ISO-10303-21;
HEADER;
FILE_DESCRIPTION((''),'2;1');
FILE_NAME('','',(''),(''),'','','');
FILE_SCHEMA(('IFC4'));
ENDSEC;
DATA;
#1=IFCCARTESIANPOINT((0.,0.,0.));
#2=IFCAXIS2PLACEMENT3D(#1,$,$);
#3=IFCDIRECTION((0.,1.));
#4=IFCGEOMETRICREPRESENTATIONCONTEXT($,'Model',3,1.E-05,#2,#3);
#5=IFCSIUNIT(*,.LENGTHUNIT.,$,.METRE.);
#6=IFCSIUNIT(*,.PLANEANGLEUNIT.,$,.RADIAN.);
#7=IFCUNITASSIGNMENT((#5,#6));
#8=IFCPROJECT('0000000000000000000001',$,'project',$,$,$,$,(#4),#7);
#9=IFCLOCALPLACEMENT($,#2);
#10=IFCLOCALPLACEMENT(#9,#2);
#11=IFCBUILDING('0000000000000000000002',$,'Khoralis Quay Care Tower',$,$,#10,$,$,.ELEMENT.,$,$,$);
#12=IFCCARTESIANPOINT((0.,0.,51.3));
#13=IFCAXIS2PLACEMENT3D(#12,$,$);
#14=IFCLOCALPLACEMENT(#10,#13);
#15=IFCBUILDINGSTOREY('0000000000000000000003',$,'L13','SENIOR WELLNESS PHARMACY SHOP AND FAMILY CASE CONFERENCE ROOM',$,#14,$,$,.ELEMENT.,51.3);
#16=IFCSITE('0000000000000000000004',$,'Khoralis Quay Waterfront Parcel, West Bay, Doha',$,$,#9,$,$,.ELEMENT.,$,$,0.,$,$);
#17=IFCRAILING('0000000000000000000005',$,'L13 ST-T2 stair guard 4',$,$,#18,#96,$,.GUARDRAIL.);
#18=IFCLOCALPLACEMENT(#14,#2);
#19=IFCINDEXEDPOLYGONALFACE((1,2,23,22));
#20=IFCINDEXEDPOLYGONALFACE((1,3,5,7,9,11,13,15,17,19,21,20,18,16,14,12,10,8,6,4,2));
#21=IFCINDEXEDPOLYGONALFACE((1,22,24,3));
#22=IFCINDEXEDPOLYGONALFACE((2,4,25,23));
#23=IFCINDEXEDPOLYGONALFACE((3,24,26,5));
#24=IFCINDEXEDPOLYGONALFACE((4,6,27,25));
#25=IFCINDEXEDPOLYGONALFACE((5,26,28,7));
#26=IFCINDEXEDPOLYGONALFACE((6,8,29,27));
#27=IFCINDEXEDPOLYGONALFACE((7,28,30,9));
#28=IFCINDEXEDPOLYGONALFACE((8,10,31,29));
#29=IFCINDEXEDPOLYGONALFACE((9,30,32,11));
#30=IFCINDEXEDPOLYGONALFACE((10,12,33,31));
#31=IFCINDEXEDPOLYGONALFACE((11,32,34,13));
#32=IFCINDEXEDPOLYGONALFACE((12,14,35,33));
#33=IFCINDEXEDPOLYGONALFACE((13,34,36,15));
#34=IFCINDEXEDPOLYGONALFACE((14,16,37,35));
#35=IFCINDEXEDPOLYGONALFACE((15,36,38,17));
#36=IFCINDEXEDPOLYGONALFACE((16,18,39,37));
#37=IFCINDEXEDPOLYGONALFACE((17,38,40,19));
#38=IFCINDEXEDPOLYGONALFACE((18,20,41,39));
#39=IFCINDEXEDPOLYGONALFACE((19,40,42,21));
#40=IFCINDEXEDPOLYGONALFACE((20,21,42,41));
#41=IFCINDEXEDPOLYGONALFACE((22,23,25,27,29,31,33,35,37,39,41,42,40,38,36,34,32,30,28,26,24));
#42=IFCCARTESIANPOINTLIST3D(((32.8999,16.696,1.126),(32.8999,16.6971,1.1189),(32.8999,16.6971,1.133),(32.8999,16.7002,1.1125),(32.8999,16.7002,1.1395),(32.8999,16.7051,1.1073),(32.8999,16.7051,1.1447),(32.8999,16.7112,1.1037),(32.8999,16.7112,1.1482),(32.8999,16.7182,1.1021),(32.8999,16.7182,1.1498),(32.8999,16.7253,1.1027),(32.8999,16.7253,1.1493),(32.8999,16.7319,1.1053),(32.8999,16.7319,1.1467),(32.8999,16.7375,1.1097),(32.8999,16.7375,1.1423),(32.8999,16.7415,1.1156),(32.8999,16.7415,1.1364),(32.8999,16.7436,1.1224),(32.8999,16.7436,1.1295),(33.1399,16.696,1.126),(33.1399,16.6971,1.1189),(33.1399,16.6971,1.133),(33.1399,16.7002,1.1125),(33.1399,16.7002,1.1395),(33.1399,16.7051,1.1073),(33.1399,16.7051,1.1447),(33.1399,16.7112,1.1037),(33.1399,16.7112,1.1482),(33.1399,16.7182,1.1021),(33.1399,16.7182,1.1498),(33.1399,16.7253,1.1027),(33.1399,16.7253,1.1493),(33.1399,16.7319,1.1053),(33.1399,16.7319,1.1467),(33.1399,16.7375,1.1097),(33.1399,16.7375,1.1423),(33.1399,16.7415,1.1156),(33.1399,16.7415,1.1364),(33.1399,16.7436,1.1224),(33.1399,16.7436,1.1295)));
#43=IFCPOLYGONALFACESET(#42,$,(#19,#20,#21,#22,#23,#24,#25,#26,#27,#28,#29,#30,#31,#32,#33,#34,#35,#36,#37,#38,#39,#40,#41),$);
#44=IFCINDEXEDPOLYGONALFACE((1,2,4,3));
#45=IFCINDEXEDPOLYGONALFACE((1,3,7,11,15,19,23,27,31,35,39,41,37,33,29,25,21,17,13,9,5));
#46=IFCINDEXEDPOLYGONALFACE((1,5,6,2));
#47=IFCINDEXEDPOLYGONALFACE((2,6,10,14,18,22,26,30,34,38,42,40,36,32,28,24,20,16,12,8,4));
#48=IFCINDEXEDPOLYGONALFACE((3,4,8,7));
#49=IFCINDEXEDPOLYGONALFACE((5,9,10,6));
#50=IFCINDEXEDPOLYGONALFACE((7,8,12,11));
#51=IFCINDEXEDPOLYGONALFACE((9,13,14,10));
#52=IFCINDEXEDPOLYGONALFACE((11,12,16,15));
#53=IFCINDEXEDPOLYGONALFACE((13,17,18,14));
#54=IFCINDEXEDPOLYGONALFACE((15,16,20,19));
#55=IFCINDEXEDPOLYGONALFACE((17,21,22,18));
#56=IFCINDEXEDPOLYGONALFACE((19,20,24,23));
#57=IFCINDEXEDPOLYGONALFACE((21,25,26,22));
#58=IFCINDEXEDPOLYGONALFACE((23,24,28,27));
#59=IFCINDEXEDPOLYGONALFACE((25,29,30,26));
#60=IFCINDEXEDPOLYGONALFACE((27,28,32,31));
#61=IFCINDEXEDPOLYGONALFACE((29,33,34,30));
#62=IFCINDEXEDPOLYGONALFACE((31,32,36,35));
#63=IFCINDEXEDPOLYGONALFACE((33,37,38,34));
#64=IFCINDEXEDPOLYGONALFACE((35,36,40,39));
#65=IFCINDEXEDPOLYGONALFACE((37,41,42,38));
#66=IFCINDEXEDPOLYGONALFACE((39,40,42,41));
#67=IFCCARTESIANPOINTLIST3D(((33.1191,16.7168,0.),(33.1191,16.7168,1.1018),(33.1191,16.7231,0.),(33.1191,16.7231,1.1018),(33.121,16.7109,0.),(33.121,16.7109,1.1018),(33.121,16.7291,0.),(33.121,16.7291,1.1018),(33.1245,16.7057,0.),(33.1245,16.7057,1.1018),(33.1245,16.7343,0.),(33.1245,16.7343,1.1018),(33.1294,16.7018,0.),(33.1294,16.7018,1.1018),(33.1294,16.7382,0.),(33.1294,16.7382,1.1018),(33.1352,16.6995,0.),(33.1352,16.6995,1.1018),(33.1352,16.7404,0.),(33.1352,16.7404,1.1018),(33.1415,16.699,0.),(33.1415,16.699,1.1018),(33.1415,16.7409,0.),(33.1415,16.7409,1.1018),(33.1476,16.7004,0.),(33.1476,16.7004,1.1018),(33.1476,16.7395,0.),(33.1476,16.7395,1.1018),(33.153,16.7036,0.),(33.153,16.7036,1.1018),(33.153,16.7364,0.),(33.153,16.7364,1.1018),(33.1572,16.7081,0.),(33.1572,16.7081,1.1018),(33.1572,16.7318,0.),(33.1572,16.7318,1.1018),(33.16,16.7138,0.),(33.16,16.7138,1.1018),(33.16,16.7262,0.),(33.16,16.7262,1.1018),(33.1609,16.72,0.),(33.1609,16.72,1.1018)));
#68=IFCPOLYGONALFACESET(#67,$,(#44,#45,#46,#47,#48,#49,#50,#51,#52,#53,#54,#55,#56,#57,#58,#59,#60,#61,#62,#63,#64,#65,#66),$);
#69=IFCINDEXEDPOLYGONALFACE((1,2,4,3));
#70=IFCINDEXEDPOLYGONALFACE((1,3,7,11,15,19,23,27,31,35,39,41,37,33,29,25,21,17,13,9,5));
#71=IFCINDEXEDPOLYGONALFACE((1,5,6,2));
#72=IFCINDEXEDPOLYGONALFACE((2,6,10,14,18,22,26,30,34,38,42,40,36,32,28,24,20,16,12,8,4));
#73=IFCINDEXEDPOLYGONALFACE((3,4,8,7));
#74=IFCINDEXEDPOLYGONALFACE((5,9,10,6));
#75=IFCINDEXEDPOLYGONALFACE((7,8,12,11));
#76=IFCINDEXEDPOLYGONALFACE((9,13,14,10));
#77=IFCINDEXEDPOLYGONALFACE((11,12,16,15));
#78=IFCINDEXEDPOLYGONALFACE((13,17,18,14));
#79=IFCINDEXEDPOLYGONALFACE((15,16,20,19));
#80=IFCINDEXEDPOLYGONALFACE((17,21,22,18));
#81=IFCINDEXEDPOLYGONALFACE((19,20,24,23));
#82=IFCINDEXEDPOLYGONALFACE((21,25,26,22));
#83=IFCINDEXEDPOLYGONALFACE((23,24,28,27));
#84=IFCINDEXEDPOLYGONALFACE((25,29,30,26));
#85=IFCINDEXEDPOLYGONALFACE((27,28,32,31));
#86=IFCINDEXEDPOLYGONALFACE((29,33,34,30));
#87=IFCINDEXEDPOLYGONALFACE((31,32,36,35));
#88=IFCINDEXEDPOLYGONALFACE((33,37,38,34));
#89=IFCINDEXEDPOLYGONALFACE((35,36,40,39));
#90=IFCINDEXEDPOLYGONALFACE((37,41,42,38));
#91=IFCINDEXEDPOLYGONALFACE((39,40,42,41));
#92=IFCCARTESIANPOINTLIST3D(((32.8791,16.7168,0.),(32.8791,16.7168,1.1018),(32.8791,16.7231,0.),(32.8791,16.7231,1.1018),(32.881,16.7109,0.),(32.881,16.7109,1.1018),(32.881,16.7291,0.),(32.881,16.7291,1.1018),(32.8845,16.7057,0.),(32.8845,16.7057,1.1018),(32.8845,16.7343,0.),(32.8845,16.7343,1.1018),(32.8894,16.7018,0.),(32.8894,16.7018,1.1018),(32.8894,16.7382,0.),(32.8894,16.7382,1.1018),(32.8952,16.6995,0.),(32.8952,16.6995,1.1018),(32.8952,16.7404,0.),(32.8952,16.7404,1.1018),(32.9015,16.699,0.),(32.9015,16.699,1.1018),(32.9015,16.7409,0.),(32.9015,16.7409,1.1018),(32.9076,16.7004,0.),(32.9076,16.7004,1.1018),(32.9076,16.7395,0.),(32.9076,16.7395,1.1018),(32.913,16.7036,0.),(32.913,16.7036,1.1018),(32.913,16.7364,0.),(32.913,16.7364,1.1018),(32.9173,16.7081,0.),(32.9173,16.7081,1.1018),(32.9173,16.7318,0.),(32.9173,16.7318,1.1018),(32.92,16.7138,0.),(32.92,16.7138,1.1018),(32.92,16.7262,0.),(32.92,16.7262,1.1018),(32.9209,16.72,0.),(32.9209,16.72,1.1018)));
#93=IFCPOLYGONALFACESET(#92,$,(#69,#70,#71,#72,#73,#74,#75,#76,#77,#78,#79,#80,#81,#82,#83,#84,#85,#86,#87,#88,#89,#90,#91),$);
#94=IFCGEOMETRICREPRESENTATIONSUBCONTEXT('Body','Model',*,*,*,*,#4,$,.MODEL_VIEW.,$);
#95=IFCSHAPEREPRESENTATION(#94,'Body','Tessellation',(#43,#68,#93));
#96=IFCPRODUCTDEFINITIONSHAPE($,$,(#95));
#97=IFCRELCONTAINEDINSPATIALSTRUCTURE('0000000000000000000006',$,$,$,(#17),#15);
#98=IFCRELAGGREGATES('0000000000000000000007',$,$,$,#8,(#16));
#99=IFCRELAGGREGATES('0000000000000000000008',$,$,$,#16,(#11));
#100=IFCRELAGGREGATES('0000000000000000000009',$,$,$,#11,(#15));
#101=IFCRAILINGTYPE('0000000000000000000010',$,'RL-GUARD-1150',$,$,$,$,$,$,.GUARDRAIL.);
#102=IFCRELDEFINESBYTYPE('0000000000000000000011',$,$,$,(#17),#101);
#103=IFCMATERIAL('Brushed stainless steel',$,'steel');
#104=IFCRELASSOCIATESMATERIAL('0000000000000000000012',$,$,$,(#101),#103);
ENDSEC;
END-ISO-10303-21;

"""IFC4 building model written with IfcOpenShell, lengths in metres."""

from ifc_helpers import new_model, si_unit, direction, frame, origin, origin_2d, place, context, subcontext, project, spatial, circle, extrude, material, type_object, element, save


model = new_model("IFC4")

# Units and contexts
model_context = context("Model", 3, precision=1e-05, world=origin(), true_north=direction((0.0, 1.0)))
body_context = subcontext(model_context, "Body", "Model", "MODEL_VIEW")
ifc_project = project(units=[si_unit("LENGTHUNIT", "METRE"), si_unit("PLANEANGLEUNIT", "RADIAN")], contexts=[model_context])

# Site, building, storey
site_placement = place(None, origin())
site = spatial("IfcSite", under=ifc_project, at=site_placement, Name="Khoralis Quay Waterfront Parcel, West Bay, Doha", CompositionType="ELEMENT", RefElevation=0.0)
building_placement = place(site_placement, origin())
building = spatial("IfcBuilding", under=site, at=building_placement, Name="Khoralis Quay Care Tower", CompositionType="ELEMENT")
storey_placement = place(building_placement, frame((0.0, 0.0, 51.3)))
storey = spatial("IfcBuildingStorey", under=building, at=storey_placement, Name="L13", Description="SENIOR WELLNESS PHARMACY SHOP AND FAMILY CASE CONFERENCE ROOM", CompositionType="ELEMENT", Elevation=51.3)

# Shared definitions
ifc_material_1 = material(Name="Brushed stainless steel", Category="steel")

# Railing
railing_type_1 = type_object("IfcRailingType", Name="RL-GUARD-1150", PredefinedType="GUARDRAIL", material=ifc_material_1)
railing_1_placement = place(storey_placement, frame((33.1399, 16.72, 0.0)))
element("IfcRailing", 1, at=railing_1_placement, inside=storey, type_object=railing_type_1, Name="L13 ST-T2 stair guard 4", PredefinedType="GUARDRAIL", context=body_context, shape_type="SweptSolid", body=[
    extrude(circle(Radius=0.0239, at=origin_2d()), frame((0.0, 0.0, 1.126), z_axis=(-1.0, 0.0, 0.0), x_axis=(0.0, -1.0, 0.0)), (0.0, 0.0, 1.0), 0.24),
    extrude(circle(Radius=0.021, at=origin_2d()), origin(), (0.0, 0.0, 1.0), 1.1018),
    extrude(circle(Radius=0.021, at=origin_2d()), frame((-0.24, 0.0, 0.0)), (0.0, 0.0, 1.0), 1.1018),
])

save(model, "model.ifc")
